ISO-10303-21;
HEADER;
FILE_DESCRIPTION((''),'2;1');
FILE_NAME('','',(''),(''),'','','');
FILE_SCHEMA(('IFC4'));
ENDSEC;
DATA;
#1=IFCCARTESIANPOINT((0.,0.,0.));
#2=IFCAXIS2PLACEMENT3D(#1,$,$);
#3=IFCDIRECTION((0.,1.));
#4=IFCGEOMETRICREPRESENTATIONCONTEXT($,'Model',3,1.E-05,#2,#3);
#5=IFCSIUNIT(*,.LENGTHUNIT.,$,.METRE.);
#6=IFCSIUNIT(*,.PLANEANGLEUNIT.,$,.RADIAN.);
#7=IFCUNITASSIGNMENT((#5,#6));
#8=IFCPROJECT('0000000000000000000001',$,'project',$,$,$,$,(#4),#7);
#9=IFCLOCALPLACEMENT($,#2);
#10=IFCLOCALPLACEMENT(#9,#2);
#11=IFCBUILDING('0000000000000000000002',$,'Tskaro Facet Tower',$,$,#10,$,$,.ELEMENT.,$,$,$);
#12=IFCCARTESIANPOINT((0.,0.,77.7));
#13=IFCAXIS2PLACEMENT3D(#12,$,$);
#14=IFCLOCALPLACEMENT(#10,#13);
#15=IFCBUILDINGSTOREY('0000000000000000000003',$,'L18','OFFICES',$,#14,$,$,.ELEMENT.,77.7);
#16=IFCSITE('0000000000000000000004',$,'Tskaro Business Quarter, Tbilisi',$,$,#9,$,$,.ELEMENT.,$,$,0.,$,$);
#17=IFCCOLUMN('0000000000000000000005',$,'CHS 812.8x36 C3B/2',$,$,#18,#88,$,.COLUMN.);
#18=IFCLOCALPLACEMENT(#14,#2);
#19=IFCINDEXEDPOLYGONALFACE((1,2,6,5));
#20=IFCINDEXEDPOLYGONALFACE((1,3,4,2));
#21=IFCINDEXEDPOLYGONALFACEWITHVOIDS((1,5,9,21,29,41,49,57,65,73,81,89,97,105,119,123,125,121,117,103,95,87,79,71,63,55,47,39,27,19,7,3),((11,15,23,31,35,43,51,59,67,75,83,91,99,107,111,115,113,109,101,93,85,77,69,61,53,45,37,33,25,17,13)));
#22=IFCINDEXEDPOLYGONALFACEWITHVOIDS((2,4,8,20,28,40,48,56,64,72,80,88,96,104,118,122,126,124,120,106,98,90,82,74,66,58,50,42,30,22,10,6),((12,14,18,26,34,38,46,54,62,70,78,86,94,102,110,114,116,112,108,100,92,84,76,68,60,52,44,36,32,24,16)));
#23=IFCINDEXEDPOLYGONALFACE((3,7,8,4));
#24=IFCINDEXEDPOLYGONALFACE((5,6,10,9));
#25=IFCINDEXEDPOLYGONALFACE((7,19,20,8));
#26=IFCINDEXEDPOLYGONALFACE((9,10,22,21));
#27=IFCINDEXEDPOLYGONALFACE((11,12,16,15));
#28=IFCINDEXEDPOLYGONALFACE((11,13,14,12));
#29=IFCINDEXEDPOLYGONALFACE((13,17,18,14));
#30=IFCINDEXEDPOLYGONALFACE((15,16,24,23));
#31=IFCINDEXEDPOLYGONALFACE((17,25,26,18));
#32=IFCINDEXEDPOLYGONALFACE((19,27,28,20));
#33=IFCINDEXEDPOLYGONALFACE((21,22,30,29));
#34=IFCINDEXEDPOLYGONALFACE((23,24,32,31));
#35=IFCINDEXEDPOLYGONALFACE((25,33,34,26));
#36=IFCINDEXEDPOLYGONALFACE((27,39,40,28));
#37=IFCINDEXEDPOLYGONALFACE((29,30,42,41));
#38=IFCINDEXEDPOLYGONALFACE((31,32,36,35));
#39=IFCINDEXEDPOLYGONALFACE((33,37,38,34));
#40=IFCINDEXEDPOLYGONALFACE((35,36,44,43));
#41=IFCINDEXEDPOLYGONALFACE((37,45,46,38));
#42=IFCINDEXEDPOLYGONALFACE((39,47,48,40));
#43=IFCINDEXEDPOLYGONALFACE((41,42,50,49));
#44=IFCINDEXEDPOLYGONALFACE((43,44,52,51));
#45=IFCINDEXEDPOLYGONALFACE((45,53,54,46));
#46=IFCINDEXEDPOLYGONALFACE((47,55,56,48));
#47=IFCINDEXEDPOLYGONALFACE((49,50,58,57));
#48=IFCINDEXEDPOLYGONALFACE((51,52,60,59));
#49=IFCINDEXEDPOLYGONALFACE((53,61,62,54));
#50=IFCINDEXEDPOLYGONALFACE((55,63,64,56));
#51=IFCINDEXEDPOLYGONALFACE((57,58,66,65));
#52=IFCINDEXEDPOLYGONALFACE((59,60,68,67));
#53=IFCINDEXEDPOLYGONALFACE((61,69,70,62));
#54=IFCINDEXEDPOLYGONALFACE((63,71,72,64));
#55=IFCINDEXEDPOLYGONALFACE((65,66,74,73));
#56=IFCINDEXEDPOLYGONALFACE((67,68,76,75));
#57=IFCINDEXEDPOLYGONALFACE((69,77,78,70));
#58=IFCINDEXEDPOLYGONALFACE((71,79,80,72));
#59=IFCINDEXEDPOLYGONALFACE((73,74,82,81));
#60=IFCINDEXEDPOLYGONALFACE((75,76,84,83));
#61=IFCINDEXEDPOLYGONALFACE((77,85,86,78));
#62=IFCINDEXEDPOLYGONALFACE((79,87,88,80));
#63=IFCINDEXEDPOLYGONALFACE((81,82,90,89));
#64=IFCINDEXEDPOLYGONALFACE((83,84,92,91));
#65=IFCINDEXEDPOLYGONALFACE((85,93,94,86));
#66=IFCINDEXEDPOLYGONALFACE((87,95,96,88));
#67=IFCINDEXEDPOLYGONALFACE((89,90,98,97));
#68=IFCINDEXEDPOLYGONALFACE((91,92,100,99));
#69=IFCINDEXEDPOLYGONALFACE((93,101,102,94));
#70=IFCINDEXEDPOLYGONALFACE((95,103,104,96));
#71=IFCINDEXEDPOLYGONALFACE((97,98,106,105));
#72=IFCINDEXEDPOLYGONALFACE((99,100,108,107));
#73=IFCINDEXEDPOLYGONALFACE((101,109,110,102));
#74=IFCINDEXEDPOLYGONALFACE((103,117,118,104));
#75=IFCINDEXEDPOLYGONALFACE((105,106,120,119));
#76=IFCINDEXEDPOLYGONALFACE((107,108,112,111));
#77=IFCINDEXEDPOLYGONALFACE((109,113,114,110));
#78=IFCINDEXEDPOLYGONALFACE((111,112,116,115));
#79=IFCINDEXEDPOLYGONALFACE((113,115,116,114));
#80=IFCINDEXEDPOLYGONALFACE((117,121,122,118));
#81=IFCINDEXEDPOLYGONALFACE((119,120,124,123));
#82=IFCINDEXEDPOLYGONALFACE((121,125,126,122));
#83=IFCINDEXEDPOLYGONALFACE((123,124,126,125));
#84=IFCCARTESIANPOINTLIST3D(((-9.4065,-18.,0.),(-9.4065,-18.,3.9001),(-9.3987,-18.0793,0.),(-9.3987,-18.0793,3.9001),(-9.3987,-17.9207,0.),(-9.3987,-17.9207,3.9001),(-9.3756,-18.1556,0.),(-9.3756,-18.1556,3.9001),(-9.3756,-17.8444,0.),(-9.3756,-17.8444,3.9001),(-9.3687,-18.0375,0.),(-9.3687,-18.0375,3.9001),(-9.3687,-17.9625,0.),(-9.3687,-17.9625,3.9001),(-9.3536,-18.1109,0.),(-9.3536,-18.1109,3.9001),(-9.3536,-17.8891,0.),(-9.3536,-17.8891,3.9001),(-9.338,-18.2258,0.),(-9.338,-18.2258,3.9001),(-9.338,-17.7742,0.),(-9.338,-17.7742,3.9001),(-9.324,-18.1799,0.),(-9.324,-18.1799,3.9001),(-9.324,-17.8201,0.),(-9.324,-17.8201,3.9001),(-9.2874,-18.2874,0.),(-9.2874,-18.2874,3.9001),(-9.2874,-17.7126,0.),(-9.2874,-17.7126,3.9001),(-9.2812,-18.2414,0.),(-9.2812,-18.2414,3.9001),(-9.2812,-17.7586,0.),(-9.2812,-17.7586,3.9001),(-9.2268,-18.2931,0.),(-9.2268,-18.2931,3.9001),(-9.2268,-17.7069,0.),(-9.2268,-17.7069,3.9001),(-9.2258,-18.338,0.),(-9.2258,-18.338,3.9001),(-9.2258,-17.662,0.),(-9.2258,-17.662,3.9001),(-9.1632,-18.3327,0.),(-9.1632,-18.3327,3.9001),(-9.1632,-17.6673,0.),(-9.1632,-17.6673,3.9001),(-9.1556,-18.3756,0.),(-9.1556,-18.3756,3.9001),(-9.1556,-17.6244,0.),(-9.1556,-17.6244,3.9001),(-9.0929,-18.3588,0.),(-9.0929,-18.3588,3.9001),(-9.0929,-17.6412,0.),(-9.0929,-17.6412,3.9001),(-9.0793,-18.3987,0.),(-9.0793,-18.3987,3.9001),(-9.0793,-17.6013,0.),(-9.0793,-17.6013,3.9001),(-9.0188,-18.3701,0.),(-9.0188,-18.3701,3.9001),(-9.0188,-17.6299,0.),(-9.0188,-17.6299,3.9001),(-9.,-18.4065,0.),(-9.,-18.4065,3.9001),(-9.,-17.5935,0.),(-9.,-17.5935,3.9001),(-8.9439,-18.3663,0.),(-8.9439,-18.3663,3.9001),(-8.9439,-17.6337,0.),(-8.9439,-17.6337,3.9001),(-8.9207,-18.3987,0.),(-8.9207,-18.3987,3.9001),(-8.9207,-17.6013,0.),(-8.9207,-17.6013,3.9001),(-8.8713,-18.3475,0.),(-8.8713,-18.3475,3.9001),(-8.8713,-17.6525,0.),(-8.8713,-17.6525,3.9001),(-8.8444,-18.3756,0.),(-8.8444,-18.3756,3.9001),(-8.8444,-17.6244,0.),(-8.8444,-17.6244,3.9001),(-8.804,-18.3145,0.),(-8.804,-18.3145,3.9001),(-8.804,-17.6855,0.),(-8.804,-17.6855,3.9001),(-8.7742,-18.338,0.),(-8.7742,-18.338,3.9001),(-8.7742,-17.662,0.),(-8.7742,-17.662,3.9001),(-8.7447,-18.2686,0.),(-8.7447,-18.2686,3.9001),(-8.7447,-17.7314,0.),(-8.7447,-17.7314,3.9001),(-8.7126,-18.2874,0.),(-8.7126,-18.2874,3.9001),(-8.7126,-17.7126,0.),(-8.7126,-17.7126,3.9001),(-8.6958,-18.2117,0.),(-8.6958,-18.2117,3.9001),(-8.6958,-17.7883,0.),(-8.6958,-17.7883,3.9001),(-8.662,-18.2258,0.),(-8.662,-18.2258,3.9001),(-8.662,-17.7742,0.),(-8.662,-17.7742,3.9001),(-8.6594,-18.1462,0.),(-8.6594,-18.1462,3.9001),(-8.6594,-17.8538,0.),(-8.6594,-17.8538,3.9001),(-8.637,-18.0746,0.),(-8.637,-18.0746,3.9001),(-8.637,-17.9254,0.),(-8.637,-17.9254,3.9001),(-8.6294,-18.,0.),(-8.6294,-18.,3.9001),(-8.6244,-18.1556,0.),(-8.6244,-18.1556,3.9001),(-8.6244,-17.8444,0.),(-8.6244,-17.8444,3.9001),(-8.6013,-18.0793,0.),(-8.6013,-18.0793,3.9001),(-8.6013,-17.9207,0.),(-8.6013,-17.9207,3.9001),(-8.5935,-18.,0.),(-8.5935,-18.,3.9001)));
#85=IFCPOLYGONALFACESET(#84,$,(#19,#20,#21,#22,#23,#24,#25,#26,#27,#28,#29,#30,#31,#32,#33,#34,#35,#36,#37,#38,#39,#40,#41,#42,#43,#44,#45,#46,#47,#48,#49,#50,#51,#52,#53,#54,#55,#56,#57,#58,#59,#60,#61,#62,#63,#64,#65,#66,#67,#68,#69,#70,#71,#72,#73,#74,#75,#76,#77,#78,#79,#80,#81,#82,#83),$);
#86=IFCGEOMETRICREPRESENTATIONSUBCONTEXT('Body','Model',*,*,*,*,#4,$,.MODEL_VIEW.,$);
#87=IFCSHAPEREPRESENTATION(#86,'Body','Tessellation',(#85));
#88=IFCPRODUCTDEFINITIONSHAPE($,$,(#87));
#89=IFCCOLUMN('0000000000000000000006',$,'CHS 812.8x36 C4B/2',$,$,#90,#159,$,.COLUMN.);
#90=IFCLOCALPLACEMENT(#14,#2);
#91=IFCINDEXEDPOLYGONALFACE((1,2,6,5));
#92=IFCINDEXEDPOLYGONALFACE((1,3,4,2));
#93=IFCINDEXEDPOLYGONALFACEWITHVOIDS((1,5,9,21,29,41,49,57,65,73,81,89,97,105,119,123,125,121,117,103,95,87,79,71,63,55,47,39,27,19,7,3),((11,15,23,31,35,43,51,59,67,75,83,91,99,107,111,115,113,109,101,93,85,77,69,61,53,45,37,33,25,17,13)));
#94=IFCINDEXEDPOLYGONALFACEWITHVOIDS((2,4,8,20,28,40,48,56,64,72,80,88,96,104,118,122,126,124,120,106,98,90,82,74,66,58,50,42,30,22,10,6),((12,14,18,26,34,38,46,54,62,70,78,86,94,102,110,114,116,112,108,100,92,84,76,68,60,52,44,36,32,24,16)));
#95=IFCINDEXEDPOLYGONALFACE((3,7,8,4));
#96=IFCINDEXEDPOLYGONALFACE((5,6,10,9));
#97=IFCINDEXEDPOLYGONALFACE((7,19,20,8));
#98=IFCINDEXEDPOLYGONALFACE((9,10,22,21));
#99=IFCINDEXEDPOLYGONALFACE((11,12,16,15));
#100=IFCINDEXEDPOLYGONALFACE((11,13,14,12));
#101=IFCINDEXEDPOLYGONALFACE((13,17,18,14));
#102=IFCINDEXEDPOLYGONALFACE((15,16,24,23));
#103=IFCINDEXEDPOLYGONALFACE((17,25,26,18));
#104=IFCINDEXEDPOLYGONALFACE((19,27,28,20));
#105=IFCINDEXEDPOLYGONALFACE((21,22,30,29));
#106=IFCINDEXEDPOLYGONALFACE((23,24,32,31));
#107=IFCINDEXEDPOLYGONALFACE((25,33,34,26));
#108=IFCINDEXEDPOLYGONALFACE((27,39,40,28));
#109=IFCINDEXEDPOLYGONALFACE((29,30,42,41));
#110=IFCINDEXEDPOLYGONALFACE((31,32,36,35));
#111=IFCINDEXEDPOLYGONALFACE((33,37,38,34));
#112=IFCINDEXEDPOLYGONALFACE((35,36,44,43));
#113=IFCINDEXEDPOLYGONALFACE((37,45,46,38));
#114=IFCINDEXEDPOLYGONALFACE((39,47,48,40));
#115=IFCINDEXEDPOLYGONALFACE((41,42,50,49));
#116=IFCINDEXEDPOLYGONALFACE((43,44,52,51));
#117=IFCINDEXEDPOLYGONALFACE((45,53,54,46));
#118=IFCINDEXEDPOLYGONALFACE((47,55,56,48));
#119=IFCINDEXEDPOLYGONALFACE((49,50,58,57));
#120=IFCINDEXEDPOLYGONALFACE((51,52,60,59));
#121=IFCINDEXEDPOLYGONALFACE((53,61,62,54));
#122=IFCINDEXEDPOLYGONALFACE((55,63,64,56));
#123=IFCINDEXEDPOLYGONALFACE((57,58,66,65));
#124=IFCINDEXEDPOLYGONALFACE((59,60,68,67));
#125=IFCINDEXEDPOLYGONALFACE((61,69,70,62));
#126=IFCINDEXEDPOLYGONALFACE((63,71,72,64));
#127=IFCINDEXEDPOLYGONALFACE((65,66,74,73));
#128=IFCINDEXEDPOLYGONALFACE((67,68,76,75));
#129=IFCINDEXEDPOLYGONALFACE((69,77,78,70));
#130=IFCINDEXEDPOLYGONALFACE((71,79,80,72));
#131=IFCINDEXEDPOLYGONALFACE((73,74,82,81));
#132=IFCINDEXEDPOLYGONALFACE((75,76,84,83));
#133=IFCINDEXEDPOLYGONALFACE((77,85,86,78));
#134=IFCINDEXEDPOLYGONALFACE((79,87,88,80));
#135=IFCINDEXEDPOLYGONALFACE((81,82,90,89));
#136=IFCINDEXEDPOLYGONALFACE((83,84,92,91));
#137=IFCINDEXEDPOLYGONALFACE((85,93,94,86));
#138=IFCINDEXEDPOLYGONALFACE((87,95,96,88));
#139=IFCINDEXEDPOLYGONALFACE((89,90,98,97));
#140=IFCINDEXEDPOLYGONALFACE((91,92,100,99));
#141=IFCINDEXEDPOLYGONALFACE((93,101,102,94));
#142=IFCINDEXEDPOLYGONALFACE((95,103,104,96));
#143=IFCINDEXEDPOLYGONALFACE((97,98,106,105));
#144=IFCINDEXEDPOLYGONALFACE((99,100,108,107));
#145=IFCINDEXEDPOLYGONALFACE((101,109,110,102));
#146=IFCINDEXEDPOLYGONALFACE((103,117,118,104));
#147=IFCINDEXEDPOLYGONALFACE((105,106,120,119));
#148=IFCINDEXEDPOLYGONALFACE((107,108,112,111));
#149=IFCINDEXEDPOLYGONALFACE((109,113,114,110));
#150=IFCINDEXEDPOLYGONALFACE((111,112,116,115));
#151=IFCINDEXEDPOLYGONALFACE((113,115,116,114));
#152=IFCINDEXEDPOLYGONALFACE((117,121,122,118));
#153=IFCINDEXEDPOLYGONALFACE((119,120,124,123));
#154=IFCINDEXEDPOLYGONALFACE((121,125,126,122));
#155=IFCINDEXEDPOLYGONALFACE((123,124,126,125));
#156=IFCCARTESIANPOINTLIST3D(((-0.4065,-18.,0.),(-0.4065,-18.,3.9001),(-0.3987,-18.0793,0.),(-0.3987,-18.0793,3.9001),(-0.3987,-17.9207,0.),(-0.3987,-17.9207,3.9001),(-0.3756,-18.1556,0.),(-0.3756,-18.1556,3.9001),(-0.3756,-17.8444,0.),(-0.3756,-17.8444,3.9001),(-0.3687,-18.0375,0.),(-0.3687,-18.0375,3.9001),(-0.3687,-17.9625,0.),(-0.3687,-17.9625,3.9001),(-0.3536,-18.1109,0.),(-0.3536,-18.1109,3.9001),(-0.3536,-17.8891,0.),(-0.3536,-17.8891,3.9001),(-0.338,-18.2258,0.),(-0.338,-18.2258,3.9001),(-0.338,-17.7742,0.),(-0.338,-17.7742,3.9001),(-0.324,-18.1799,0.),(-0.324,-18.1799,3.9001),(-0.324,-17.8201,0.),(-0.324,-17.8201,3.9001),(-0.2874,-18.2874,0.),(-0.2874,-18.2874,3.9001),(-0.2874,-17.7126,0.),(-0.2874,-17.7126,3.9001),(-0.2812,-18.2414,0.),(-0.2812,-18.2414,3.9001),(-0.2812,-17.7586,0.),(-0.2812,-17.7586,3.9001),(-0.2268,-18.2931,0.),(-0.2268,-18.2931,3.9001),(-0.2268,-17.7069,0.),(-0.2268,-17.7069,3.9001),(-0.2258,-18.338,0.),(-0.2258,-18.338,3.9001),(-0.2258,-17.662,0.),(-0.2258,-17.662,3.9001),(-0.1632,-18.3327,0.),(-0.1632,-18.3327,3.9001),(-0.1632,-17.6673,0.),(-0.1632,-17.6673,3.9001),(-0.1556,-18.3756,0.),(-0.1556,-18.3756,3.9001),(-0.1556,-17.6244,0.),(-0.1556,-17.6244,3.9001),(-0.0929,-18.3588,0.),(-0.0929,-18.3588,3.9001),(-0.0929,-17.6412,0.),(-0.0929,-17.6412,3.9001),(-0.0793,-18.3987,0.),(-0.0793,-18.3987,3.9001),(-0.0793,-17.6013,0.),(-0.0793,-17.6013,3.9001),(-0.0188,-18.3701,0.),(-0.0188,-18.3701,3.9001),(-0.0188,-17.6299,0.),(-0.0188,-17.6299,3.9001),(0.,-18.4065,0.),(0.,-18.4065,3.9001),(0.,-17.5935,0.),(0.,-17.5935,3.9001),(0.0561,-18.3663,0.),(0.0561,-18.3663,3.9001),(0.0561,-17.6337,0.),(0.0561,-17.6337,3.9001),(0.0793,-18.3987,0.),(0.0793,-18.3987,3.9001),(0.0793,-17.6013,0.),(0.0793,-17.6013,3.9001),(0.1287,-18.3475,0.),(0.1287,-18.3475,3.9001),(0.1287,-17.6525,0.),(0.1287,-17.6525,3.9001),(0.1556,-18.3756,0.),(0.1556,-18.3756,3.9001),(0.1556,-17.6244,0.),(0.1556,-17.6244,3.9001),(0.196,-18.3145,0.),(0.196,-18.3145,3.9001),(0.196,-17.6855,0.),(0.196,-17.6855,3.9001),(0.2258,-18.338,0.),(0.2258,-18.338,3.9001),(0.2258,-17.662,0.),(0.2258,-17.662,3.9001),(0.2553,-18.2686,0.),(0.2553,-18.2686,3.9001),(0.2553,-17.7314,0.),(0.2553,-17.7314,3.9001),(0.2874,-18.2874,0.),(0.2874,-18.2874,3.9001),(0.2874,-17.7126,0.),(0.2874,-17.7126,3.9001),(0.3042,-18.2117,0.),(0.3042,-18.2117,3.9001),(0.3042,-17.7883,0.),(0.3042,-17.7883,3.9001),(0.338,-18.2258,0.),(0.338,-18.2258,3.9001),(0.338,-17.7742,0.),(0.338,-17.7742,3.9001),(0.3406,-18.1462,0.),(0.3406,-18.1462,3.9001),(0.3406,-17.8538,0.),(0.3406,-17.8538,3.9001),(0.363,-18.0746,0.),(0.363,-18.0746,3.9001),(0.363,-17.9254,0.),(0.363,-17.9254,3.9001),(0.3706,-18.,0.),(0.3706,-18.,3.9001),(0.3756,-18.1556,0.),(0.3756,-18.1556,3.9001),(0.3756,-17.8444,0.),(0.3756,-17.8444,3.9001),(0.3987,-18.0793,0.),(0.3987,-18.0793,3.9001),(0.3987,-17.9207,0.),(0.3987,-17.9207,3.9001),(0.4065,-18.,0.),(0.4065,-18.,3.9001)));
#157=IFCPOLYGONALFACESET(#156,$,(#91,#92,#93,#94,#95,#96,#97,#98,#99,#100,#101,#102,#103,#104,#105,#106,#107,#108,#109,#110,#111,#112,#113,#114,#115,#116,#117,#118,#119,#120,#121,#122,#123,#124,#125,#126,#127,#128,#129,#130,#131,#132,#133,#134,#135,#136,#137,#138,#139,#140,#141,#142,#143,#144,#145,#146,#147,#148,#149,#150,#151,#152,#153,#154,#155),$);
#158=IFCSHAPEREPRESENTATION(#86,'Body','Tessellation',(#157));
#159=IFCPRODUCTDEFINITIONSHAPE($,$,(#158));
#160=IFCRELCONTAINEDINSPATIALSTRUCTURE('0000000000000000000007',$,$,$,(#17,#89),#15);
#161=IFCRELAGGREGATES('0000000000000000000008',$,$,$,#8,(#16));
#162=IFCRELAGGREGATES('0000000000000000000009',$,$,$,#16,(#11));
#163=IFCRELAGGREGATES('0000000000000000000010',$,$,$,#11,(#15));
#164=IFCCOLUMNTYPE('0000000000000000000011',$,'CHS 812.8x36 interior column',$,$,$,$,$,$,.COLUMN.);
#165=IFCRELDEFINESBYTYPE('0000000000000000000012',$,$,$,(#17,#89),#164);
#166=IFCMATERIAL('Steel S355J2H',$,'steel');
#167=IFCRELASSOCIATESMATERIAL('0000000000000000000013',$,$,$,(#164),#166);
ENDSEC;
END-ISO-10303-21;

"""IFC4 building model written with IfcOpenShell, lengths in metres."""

from ifc_helpers import new_model, si_unit, direction, frame, origin, origin_2d, place, context, subcontext, project, spatial, hollow_circle, extrude, material, material_profile, profile_set, type_object, element, save


model = new_model("IFC4")

# Units and contexts
model_context = context("Model", 3, precision=1e-05, world=origin(), true_north=direction((0.0, 1.0)))
body_context = subcontext(model_context, "Body", "Model", "MODEL_VIEW")
ifc_project = project(units=[si_unit("LENGTHUNIT", "METRE"), si_unit("PLANEANGLEUNIT", "RADIAN")], contexts=[model_context])

# Site, building, storey
site_placement = place(None, origin())
site = spatial("IfcSite", under=ifc_project, at=site_placement, Name="Tskaro Business Quarter, Tbilisi", CompositionType="ELEMENT", RefElevation=0.0)
building_placement = place(site_placement, origin())
building = spatial("IfcBuilding", under=site, at=building_placement, Name="Tskaro Facet Tower", CompositionType="ELEMENT")
storey_placement = place(building_placement, frame((0.0, 0.0, 77.7)))
storey = spatial("IfcBuildingStorey", under=building, at=storey_placement, Name="L18", Description="OFFICES", CompositionType="ELEMENT", Elevation=77.7)

# Columns
ifc_material_1 = material(Name="Steel S355J2H", Category="steel")
ifc_material_profile_1 = material_profile(ifc_material_1, hollow_circle(Radius=0.4065, WallThickness=0.0359, at=origin_2d()), Name="CHS 812.8x36")
ifc_profile_set_1 = profile_set([ifc_material_profile_1], Name="Steel S355J2H")
column_type_1 = type_object("IfcColumnType", Name="CHS 812.8x36 interior column", PredefinedType="COLUMN", material=ifc_profile_set_1)
for number, where, z_axis, x_axis, name in (
    (1, (-9.0, -18.0, 0.0), (0.0, 0.0, 1.0), (1.0, 0.0, 0.0), "CHS 812.8x36 C3B/2"),
    (2, (0.0, -18.0, 0.0), (0.0, 0.0, 1.0), (1.0, 0.0, 0.0), "CHS 812.8x36 C4B/2"),
):
    element("IfcColumn", number, at=place(storey_placement, frame(where, z_axis=z_axis, x_axis=x_axis)), inside=storey, type_object=column_type_1, Name=name, PredefinedType="COLUMN", context=body_context, shape_type="SweptSolid", body=[
        extrude(hollow_circle(Radius=0.4065, WallThickness=0.0359, at=origin_2d()), origin(), (0.0, 0.0, 1.0), 3.9001),
    ])

save(model, "model.ifc")
